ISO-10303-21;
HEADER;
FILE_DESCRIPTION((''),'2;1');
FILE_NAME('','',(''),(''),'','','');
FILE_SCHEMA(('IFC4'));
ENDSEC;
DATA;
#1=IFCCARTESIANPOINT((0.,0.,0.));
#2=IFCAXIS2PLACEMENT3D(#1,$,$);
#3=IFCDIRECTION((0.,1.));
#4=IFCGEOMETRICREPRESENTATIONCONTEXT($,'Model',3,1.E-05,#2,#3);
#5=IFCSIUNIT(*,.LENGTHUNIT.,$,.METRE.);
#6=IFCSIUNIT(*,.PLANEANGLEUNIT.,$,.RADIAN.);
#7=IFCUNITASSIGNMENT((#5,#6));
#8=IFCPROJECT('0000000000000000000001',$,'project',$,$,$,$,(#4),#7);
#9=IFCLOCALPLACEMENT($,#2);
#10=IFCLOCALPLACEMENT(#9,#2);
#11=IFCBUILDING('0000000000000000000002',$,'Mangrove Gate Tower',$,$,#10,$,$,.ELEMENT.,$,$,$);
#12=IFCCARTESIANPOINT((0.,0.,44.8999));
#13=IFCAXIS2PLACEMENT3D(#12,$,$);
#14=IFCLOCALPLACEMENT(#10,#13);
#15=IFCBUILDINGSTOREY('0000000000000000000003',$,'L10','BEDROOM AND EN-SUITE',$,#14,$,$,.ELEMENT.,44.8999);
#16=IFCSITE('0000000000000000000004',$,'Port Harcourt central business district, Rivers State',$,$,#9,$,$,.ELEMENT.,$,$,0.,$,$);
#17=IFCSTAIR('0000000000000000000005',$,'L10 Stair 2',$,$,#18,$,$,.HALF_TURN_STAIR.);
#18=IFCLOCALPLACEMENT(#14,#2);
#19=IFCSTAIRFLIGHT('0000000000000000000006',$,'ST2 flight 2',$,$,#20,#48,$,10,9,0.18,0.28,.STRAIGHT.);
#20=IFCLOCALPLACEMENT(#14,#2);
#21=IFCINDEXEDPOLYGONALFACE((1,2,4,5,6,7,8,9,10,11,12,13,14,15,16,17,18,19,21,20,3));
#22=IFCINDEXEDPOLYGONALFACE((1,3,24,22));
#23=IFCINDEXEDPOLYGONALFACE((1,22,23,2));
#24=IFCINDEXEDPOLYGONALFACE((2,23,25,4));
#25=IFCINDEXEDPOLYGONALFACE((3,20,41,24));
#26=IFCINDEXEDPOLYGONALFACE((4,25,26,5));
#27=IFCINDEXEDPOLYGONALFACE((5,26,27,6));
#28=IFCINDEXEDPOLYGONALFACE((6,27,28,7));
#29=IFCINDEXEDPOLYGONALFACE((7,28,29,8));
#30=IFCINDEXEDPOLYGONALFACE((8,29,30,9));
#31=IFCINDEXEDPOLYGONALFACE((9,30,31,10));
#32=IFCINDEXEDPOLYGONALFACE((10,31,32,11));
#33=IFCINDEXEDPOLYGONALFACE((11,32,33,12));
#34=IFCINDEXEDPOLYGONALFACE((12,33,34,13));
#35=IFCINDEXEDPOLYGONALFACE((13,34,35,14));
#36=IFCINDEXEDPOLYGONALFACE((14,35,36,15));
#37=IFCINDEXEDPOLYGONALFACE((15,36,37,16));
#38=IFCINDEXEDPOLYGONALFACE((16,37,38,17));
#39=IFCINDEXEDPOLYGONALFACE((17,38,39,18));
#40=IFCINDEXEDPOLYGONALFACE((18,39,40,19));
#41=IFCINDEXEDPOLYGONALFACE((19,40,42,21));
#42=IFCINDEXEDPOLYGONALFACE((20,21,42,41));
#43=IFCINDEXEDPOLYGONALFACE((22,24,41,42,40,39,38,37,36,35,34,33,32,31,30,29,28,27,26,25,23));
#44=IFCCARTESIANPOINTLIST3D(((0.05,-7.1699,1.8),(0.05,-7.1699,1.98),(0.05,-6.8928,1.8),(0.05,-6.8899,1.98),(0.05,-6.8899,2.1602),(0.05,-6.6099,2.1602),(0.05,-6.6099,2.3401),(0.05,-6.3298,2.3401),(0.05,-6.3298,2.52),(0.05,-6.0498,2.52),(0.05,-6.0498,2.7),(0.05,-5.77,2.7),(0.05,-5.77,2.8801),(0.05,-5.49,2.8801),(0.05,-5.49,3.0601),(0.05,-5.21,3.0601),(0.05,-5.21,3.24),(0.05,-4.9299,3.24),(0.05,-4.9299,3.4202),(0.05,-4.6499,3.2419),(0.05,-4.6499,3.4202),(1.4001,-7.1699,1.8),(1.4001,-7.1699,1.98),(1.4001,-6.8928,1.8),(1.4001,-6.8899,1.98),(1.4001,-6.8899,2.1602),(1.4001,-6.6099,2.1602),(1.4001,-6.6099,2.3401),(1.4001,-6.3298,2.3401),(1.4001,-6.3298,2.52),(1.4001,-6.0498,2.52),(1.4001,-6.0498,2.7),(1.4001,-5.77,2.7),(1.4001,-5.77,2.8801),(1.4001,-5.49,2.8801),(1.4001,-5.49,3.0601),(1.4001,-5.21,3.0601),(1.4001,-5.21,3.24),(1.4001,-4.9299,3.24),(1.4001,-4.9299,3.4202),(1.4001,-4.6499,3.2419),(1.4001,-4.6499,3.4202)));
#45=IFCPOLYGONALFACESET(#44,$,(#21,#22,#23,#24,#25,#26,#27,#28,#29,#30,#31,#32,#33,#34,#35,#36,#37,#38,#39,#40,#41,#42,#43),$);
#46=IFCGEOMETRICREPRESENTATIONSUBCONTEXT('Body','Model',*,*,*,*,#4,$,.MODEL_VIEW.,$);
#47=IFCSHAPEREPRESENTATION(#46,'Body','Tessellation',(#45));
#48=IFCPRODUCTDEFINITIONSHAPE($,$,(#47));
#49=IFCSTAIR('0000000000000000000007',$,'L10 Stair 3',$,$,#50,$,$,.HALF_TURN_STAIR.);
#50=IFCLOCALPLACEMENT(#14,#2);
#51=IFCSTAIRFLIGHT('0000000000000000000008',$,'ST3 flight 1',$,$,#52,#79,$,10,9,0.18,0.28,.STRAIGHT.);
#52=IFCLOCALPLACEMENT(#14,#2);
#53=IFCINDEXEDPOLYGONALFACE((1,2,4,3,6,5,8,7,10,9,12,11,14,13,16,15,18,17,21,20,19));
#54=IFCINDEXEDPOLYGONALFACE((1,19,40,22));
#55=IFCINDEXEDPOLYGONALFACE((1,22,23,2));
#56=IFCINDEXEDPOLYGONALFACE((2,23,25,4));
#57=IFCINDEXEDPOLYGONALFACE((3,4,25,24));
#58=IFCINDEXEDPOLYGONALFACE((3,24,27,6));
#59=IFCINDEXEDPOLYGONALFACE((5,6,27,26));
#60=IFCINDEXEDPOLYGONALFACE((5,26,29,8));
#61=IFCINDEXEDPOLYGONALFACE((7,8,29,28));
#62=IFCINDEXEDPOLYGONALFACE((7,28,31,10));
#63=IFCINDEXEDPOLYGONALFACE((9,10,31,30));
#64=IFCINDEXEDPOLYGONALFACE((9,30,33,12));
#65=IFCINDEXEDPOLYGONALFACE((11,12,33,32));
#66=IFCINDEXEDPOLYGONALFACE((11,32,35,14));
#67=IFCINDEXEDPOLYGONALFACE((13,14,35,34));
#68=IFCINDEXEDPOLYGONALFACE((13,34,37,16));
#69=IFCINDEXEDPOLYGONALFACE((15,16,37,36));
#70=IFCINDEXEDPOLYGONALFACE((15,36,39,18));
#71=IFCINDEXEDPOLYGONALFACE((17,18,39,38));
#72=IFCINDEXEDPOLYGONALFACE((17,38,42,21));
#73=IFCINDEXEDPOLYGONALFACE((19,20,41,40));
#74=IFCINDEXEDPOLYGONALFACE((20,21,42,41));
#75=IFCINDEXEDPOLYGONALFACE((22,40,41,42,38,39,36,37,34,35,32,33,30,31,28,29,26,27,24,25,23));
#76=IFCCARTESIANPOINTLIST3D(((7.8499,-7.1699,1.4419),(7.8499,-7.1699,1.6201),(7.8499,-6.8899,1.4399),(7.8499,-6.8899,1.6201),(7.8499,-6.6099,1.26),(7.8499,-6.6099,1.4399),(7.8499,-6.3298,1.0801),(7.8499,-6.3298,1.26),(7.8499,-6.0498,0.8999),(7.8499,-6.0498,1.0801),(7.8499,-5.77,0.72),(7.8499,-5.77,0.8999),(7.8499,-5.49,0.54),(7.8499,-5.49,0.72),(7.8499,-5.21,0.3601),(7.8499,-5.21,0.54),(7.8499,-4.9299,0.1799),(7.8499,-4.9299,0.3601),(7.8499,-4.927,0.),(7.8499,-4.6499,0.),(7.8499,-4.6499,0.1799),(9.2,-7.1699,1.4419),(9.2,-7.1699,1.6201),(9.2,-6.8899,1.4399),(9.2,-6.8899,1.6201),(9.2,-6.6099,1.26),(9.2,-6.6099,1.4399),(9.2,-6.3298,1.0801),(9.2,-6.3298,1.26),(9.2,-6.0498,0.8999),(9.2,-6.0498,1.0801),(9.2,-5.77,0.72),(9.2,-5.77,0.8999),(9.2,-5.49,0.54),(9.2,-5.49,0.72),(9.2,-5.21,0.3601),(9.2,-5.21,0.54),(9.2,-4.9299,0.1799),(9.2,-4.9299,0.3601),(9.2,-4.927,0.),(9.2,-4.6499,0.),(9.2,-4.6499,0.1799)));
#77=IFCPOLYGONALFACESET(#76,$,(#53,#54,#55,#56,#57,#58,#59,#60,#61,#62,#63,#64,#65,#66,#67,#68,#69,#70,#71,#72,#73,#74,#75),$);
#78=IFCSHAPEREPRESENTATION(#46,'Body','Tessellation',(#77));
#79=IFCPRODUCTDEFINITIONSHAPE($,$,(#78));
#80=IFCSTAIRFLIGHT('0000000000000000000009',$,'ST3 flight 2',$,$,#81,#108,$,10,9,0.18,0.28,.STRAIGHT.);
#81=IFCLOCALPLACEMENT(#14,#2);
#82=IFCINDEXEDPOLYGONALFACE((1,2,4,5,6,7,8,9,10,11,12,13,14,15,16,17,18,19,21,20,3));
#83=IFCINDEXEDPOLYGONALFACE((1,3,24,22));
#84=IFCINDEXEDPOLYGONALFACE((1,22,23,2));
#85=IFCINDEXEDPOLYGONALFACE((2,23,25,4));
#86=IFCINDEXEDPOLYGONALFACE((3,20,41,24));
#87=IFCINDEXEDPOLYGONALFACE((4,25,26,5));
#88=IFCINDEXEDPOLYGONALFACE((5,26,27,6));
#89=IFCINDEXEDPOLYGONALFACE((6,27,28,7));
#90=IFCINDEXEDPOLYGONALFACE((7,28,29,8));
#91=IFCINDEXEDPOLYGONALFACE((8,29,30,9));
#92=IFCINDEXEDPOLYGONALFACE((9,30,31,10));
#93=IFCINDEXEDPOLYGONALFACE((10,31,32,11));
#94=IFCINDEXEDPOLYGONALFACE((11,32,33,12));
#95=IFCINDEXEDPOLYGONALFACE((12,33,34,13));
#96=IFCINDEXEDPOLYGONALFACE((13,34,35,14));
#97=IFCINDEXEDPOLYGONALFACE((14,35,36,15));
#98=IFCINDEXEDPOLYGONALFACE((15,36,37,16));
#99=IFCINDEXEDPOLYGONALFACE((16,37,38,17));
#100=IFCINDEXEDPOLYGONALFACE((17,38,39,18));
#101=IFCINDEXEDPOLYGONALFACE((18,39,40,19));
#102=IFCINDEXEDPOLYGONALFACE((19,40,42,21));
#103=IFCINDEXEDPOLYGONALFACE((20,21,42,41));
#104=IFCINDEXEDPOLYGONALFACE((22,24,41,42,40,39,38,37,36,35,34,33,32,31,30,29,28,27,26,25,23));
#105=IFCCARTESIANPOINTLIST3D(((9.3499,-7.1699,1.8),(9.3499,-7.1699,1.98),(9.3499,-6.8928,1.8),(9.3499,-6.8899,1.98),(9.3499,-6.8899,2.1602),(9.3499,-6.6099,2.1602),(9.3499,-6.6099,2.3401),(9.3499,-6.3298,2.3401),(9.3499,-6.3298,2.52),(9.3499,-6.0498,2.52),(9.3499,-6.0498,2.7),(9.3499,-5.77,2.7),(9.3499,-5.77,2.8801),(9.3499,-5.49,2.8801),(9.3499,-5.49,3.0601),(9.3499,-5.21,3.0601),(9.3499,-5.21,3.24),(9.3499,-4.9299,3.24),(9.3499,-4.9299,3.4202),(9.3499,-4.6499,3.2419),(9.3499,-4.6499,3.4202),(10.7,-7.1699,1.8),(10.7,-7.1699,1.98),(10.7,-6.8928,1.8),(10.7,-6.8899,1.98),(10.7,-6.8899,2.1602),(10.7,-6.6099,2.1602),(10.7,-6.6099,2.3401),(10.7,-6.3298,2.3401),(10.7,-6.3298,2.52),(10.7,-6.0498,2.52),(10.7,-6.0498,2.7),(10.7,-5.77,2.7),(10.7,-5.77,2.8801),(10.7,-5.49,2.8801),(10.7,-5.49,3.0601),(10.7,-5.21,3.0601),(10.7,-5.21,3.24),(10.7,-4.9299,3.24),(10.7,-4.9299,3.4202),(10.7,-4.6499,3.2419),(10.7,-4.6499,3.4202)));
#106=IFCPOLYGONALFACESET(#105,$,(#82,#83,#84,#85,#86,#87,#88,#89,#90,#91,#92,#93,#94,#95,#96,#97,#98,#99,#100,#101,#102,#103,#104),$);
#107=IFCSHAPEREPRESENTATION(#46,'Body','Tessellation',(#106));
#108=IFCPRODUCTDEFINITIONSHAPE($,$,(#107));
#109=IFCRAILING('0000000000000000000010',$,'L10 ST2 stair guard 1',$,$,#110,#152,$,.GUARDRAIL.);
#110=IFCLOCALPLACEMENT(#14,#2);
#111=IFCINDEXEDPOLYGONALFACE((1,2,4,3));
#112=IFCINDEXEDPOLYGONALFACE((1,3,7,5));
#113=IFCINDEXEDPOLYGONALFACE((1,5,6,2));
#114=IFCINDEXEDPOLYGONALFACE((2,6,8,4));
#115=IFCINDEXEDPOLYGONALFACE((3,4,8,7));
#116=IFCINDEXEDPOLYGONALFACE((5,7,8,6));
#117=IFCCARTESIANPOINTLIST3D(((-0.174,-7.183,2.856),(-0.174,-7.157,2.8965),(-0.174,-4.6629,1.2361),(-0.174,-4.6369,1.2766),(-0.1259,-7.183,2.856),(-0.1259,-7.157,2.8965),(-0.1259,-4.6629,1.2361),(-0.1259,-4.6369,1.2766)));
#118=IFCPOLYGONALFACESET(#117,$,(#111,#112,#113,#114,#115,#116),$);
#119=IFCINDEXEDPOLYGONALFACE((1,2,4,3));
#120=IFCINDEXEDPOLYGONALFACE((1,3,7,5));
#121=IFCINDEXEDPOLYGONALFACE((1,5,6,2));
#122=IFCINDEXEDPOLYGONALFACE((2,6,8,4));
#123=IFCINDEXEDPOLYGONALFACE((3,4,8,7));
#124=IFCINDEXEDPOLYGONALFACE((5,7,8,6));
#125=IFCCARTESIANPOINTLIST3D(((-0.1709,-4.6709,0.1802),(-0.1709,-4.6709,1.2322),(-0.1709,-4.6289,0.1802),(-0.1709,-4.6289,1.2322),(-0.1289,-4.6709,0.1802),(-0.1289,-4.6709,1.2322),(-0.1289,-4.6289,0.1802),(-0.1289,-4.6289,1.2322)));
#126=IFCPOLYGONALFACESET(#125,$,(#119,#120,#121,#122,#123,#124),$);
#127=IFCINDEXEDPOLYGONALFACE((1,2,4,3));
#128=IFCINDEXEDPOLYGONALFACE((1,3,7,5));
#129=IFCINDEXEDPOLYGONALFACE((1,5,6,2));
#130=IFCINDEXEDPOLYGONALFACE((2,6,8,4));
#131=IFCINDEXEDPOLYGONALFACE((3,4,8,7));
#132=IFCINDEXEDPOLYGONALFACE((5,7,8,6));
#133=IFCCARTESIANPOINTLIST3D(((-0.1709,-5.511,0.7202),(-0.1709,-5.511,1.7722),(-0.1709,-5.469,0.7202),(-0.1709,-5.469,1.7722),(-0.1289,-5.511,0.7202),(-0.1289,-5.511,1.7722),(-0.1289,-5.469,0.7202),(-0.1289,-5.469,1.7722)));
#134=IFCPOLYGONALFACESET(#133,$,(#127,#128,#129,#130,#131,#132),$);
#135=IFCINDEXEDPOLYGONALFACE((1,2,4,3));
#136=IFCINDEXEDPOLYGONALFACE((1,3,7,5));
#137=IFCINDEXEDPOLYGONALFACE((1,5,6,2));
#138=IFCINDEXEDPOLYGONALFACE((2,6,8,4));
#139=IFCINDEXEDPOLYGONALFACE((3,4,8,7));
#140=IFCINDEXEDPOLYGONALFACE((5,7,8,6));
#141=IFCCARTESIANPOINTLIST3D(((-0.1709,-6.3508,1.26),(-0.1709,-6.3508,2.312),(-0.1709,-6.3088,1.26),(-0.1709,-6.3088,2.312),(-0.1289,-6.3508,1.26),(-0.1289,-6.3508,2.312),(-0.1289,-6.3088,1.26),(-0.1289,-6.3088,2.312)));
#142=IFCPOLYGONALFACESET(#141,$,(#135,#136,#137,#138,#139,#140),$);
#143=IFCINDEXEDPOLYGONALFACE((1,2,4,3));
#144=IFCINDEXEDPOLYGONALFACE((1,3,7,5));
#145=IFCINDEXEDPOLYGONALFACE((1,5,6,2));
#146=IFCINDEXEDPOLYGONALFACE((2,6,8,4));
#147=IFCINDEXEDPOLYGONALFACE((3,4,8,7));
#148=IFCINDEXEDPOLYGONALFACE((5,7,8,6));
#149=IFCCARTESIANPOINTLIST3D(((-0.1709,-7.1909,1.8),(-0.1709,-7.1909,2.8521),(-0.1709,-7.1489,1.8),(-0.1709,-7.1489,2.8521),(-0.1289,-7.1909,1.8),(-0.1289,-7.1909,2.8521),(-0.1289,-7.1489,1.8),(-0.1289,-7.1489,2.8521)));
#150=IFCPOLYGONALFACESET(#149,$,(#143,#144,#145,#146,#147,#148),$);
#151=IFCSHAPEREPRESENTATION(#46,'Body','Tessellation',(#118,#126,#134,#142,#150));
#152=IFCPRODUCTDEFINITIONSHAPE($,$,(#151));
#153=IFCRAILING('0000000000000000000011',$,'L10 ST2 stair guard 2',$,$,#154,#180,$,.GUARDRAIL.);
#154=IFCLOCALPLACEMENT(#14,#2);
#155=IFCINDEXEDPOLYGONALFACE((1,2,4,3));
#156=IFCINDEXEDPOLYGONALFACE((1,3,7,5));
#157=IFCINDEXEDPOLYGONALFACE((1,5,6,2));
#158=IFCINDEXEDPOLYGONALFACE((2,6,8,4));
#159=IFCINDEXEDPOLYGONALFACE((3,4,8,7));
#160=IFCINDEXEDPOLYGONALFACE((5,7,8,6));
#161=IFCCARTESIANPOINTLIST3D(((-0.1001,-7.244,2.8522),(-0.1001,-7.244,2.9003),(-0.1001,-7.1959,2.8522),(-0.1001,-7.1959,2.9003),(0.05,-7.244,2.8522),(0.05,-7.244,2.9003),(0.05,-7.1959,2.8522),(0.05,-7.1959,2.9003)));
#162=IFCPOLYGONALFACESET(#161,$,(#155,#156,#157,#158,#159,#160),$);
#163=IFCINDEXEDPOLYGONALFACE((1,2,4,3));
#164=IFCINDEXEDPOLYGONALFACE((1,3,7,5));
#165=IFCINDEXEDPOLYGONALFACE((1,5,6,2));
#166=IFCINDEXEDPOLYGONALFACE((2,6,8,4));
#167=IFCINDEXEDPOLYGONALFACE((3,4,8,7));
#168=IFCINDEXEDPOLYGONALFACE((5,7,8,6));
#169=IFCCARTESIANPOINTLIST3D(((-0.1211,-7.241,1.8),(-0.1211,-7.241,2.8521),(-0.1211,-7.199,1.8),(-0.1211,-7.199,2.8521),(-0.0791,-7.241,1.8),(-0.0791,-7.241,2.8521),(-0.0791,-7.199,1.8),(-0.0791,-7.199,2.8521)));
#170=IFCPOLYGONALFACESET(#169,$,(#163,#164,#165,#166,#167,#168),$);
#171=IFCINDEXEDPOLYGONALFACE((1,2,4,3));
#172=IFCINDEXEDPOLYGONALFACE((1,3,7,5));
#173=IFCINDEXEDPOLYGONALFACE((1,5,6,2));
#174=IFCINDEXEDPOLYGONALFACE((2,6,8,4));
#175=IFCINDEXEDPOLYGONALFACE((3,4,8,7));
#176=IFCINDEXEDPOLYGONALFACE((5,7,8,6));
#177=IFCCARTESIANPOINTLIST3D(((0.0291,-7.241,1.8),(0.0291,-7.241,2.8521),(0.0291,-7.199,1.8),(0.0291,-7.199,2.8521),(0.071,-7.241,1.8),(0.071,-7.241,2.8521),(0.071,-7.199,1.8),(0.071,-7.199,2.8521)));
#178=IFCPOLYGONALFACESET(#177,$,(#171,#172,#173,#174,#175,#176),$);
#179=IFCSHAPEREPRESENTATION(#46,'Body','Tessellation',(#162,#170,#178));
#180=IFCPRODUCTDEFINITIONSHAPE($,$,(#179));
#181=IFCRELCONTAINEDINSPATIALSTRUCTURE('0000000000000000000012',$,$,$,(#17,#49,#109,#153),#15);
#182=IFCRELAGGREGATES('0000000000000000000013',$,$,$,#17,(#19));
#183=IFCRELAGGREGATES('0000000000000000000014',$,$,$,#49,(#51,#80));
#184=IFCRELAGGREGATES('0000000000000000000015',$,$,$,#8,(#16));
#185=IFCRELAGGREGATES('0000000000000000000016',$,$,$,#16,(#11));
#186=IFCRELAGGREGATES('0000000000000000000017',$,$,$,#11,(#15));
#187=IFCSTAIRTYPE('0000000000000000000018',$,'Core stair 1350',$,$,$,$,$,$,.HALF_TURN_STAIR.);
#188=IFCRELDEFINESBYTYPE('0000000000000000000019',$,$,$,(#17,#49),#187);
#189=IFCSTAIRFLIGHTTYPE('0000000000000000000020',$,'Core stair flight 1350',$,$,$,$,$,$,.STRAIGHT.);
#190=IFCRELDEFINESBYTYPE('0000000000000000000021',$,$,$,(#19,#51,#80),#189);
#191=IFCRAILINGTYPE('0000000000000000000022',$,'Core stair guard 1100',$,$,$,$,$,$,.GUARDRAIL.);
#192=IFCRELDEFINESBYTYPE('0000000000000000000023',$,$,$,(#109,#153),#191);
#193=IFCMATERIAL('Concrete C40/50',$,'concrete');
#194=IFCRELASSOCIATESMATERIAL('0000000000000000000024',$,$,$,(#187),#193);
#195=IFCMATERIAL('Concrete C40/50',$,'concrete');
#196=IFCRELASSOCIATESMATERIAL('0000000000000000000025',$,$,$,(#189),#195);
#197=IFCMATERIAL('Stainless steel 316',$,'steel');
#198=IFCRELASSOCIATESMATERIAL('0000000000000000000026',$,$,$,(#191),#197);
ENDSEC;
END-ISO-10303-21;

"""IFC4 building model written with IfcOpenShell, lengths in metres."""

from ifc_helpers import new_model, si_unit, direction, frame, origin, origin_2d, place, context, subcontext, project, spatial, polyline, rectangle, outline, extrude, material, type_object, element, aggregate, save


model = new_model("IFC4")

# Units and contexts
model_context = context("Model", 3, precision=1e-05, world=origin(), true_north=direction((0.0, 1.0)))
body_context = subcontext(model_context, "Body", "Model", "MODEL_VIEW")
ifc_project = project(units=[si_unit("LENGTHUNIT", "METRE"), si_unit("PLANEANGLEUNIT", "RADIAN")], contexts=[model_context])

# Site, building, storey
site_placement = place(None, origin())
site = spatial("IfcSite", under=ifc_project, at=site_placement, Name="Port Harcourt central business district, Rivers State", CompositionType="ELEMENT", RefElevation=0.0)
building_placement = place(site_placement, origin())
building = spatial("IfcBuilding", under=site, at=building_placement, Name="Mangrove Gate Tower", CompositionType="ELEMENT")
storey_placement = place(building_placement, frame((0.0, 0.0, 44.8999)))
storey = spatial("IfcBuildingStorey", under=building, at=storey_placement, Name="L10", Description="BEDROOM AND EN-SUITE", CompositionType="ELEMENT", Elevation=44.8999)

# Stair, stair flight
ifc_material_1 = material(Name="Concrete C40/50", Category="concrete")
stair_type = type_object("IfcStairType", Name="Core stair 1350", PredefinedType="HALF_TURN_STAIR", material=ifc_material_1)
stair_1_placement = place(storey_placement, origin())
stair_1 = element("IfcStair", 1, at=stair_1_placement, inside=storey, type_object=stair_type, Name="L10 Stair 2", PredefinedType="HALF_TURN_STAIR")
ifc_material_2 = material(Name="Concrete C40/50", Category="concrete")
stair_flight_type = type_object("IfcStairFlightType", Name="Core stair flight 1350", PredefinedType="STRAIGHT", material=ifc_material_2)
stair_flight_1_placement = place(storey_placement, frame((0.7251, -7.1699, 1.8), z_axis=(0.0, 0.0, 1.0), x_axis=(0.0, 1.0, 0.0)))
stair_flight_1 = element("IfcStairFlight", 2, at=stair_flight_1_placement, type_object=stair_flight_type, Name="ST2 flight 2", NumberOfRisers=10, NumberOfTreads=9, PredefinedType="STRAIGHT", RiserHeight=0.18, TreadLength=0.28, context=body_context, shape_type="SweptSolid", body=[
    extrude(outline(polyline([(0.0, 0.0), (0.0, 0.1799), (0.28, 0.1799), (0.28, 0.3601), (0.5601, 0.3601), (0.5601, 0.54), (0.8401, 0.54), (0.8401, 0.72), (1.1201, 0.72), (1.1201, 0.8999), (1.3999, 0.8999), (1.3999, 1.0801), (1.6799, 1.0801), (1.6799, 1.26), (1.96, 1.26), (1.96, 1.4399), (2.24, 1.4399), (2.24, 1.6201), (2.52, 1.6201), (2.52, 1.8), (2.52, 1.4419), (0.2771, 0.0), (0.0, 0.0)])), frame((0.0, 0.675, 0.0), z_axis=(0.0, -1.0, 0.0), x_axis=(1.0, 0.0, 0.0)), (0.0, 0.0, 1.0), 1.3501),
])
aggregate(stair_1, [stair_flight_1])

# Stair, stair flights
stair_2_placement = place(storey_placement, origin())
stair_2 = element("IfcStair", 3, at=stair_2_placement, inside=storey, type_object=stair_type, Name="L10 Stair 3", PredefinedType="HALF_TURN_STAIR")
stair_flight_2_placement = place(storey_placement, frame((8.5249, -4.6499, 0.0), z_axis=(0.0, 0.0, 1.0), x_axis=(0.0, -1.0, 0.0)))
stair_flight_2 = element("IfcStairFlight", 4, at=stair_flight_2_placement, type_object=stair_flight_type, Name="ST3 flight 1", NumberOfRisers=10, NumberOfTreads=9, PredefinedType="STRAIGHT", RiserHeight=0.18, TreadLength=0.28, context=body_context, shape_type="SweptSolid", body=[
    extrude(outline(polyline([(0.0, 0.0), (0.0, 0.1799), (0.28, 0.1799), (0.28, 0.3601), (0.5601, 0.3601), (0.5601, 0.54), (0.8401, 0.54), (0.8401, 0.72), (1.1201, 0.72), (1.1201, 0.8999), (1.3999, 0.8999), (1.3999, 1.0801), (1.6799, 1.0801), (1.6799, 1.26), (1.96, 1.26), (1.96, 1.4399), (2.24, 1.4399), (2.24, 1.6201), (2.52, 1.6201), (2.52, 1.8), (2.52, 1.4419), (0.2771, 0.0), (0.0, 0.0)])), frame((0.0, 0.675, 0.0), z_axis=(0.0, -1.0, 0.0), x_axis=(1.0, 0.0, 0.0)), (0.0, 0.0, 1.0), 1.3501),
])
stair_flight_3_placement = place(storey_placement, frame((10.0249, -7.1699, 1.8), z_axis=(0.0, 0.0, 1.0), x_axis=(0.0, 1.0, 0.0)))
stair_flight_3 = element("IfcStairFlight", 5, at=stair_flight_3_placement, type_object=stair_flight_type, Name="ST3 flight 2", NumberOfRisers=10, NumberOfTreads=9, PredefinedType="STRAIGHT", RiserHeight=0.18, TreadLength=0.28, context=body_context, shape_type="SweptSolid", body=[
    extrude(outline(polyline([(0.0, 0.0), (0.0, 0.1799), (0.28, 0.1799), (0.28, 0.3601), (0.5601, 0.3601), (0.5601, 0.54), (0.8401, 0.54), (0.8401, 0.72), (1.1201, 0.72), (1.1201, 0.8999), (1.3999, 0.8999), (1.3999, 1.0801), (1.6799, 1.0801), (1.6799, 1.26), (1.96, 1.26), (1.96, 1.4399), (2.24, 1.4399), (2.24, 1.6201), (2.52, 1.6201), (2.52, 1.8), (2.52, 1.4419), (0.2771, 0.0), (0.0, 0.0)])), frame((0.0, 0.675, 0.0), z_axis=(0.0, -1.0, 0.0), x_axis=(1.0, 0.0, 0.0)), (0.0, 0.0, 1.0), 1.3501),
])
aggregate(stair_2, [stair_flight_2, stair_flight_3])

# Railings
ifc_material_3 = material(Name="Stainless steel 316", Category="steel")
railing_type_1 = type_object("IfcRailingType", Name="Core stair guard 1100", PredefinedType="GUARDRAIL", material=ifc_material_3)
railing_1_placement = place(storey_placement, frame((-0.1499, -4.6499, 0.1802)))
element("IfcRailing", 6, at=railing_1_placement, inside=storey, type_object=railing_type_1, Name="L10 ST2 stair guard 1", PredefinedType="GUARDRAIL", context=body_context, shape_type="SweptSolid", body=[
    extrude(rectangle(XDim=0.0481, YDim=0.0481, at=origin_2d()), frame((0.0, 0.0, 1.0762), z_axis=(0.0, -0.8412, 0.540725), x_axis=(1.0, 0.0, 0.0)), (0.0, 0.0, 1.0), 2.9958),
    extrude(rectangle(XDim=0.042, YDim=0.042, at=origin_2d()), origin(), (0.0, 0.0, 1.0), 1.052),
    extrude(rectangle(XDim=0.042, YDim=0.042, at=origin_2d()), frame((0.0, -0.8401, 0.54)), (0.0, 0.0, 1.0), 1.052),
    extrude(rectangle(XDim=0.042, YDim=0.042, at=origin_2d()), frame((0.0, -1.6799, 1.0798)), (0.0, 0.0, 1.0), 1.052),
    extrude(rectangle(XDim=0.042, YDim=0.042, at=origin_2d()), frame((0.0, -2.52, 1.6199)), (0.0, 0.0, 1.0), 1.052),
])
railing_2_placement = place(storey_placement, frame((-0.1001, -7.22, 1.8)))
element("IfcRailing", 7, at=railing_2_placement, inside=storey, type_object=railing_type_1, Name="L10 ST2 stair guard 2", PredefinedType="GUARDRAIL", context=body_context, shape_type="SweptSolid", body=[
    extrude(rectangle(XDim=0.0481, YDim=0.0481, at=origin_2d()), frame((0.0, 0.0, 1.0762), z_axis=(1.0, 0.0, 0.0), x_axis=(0.0, 1.0, 0.0)), (0.0, 0.0, 1.0), 0.1501),
    extrude(rectangle(XDim=0.042, YDim=0.042, at=origin_2d()), origin(), (0.0, 0.0, 1.0), 1.052),
    extrude(rectangle(XDim=0.042, YDim=0.042, at=origin_2d()), frame((0.1501, 0.0, 0.0)), (0.0, 0.0, 1.0), 1.052),
])

save(model, "model.ifc")
